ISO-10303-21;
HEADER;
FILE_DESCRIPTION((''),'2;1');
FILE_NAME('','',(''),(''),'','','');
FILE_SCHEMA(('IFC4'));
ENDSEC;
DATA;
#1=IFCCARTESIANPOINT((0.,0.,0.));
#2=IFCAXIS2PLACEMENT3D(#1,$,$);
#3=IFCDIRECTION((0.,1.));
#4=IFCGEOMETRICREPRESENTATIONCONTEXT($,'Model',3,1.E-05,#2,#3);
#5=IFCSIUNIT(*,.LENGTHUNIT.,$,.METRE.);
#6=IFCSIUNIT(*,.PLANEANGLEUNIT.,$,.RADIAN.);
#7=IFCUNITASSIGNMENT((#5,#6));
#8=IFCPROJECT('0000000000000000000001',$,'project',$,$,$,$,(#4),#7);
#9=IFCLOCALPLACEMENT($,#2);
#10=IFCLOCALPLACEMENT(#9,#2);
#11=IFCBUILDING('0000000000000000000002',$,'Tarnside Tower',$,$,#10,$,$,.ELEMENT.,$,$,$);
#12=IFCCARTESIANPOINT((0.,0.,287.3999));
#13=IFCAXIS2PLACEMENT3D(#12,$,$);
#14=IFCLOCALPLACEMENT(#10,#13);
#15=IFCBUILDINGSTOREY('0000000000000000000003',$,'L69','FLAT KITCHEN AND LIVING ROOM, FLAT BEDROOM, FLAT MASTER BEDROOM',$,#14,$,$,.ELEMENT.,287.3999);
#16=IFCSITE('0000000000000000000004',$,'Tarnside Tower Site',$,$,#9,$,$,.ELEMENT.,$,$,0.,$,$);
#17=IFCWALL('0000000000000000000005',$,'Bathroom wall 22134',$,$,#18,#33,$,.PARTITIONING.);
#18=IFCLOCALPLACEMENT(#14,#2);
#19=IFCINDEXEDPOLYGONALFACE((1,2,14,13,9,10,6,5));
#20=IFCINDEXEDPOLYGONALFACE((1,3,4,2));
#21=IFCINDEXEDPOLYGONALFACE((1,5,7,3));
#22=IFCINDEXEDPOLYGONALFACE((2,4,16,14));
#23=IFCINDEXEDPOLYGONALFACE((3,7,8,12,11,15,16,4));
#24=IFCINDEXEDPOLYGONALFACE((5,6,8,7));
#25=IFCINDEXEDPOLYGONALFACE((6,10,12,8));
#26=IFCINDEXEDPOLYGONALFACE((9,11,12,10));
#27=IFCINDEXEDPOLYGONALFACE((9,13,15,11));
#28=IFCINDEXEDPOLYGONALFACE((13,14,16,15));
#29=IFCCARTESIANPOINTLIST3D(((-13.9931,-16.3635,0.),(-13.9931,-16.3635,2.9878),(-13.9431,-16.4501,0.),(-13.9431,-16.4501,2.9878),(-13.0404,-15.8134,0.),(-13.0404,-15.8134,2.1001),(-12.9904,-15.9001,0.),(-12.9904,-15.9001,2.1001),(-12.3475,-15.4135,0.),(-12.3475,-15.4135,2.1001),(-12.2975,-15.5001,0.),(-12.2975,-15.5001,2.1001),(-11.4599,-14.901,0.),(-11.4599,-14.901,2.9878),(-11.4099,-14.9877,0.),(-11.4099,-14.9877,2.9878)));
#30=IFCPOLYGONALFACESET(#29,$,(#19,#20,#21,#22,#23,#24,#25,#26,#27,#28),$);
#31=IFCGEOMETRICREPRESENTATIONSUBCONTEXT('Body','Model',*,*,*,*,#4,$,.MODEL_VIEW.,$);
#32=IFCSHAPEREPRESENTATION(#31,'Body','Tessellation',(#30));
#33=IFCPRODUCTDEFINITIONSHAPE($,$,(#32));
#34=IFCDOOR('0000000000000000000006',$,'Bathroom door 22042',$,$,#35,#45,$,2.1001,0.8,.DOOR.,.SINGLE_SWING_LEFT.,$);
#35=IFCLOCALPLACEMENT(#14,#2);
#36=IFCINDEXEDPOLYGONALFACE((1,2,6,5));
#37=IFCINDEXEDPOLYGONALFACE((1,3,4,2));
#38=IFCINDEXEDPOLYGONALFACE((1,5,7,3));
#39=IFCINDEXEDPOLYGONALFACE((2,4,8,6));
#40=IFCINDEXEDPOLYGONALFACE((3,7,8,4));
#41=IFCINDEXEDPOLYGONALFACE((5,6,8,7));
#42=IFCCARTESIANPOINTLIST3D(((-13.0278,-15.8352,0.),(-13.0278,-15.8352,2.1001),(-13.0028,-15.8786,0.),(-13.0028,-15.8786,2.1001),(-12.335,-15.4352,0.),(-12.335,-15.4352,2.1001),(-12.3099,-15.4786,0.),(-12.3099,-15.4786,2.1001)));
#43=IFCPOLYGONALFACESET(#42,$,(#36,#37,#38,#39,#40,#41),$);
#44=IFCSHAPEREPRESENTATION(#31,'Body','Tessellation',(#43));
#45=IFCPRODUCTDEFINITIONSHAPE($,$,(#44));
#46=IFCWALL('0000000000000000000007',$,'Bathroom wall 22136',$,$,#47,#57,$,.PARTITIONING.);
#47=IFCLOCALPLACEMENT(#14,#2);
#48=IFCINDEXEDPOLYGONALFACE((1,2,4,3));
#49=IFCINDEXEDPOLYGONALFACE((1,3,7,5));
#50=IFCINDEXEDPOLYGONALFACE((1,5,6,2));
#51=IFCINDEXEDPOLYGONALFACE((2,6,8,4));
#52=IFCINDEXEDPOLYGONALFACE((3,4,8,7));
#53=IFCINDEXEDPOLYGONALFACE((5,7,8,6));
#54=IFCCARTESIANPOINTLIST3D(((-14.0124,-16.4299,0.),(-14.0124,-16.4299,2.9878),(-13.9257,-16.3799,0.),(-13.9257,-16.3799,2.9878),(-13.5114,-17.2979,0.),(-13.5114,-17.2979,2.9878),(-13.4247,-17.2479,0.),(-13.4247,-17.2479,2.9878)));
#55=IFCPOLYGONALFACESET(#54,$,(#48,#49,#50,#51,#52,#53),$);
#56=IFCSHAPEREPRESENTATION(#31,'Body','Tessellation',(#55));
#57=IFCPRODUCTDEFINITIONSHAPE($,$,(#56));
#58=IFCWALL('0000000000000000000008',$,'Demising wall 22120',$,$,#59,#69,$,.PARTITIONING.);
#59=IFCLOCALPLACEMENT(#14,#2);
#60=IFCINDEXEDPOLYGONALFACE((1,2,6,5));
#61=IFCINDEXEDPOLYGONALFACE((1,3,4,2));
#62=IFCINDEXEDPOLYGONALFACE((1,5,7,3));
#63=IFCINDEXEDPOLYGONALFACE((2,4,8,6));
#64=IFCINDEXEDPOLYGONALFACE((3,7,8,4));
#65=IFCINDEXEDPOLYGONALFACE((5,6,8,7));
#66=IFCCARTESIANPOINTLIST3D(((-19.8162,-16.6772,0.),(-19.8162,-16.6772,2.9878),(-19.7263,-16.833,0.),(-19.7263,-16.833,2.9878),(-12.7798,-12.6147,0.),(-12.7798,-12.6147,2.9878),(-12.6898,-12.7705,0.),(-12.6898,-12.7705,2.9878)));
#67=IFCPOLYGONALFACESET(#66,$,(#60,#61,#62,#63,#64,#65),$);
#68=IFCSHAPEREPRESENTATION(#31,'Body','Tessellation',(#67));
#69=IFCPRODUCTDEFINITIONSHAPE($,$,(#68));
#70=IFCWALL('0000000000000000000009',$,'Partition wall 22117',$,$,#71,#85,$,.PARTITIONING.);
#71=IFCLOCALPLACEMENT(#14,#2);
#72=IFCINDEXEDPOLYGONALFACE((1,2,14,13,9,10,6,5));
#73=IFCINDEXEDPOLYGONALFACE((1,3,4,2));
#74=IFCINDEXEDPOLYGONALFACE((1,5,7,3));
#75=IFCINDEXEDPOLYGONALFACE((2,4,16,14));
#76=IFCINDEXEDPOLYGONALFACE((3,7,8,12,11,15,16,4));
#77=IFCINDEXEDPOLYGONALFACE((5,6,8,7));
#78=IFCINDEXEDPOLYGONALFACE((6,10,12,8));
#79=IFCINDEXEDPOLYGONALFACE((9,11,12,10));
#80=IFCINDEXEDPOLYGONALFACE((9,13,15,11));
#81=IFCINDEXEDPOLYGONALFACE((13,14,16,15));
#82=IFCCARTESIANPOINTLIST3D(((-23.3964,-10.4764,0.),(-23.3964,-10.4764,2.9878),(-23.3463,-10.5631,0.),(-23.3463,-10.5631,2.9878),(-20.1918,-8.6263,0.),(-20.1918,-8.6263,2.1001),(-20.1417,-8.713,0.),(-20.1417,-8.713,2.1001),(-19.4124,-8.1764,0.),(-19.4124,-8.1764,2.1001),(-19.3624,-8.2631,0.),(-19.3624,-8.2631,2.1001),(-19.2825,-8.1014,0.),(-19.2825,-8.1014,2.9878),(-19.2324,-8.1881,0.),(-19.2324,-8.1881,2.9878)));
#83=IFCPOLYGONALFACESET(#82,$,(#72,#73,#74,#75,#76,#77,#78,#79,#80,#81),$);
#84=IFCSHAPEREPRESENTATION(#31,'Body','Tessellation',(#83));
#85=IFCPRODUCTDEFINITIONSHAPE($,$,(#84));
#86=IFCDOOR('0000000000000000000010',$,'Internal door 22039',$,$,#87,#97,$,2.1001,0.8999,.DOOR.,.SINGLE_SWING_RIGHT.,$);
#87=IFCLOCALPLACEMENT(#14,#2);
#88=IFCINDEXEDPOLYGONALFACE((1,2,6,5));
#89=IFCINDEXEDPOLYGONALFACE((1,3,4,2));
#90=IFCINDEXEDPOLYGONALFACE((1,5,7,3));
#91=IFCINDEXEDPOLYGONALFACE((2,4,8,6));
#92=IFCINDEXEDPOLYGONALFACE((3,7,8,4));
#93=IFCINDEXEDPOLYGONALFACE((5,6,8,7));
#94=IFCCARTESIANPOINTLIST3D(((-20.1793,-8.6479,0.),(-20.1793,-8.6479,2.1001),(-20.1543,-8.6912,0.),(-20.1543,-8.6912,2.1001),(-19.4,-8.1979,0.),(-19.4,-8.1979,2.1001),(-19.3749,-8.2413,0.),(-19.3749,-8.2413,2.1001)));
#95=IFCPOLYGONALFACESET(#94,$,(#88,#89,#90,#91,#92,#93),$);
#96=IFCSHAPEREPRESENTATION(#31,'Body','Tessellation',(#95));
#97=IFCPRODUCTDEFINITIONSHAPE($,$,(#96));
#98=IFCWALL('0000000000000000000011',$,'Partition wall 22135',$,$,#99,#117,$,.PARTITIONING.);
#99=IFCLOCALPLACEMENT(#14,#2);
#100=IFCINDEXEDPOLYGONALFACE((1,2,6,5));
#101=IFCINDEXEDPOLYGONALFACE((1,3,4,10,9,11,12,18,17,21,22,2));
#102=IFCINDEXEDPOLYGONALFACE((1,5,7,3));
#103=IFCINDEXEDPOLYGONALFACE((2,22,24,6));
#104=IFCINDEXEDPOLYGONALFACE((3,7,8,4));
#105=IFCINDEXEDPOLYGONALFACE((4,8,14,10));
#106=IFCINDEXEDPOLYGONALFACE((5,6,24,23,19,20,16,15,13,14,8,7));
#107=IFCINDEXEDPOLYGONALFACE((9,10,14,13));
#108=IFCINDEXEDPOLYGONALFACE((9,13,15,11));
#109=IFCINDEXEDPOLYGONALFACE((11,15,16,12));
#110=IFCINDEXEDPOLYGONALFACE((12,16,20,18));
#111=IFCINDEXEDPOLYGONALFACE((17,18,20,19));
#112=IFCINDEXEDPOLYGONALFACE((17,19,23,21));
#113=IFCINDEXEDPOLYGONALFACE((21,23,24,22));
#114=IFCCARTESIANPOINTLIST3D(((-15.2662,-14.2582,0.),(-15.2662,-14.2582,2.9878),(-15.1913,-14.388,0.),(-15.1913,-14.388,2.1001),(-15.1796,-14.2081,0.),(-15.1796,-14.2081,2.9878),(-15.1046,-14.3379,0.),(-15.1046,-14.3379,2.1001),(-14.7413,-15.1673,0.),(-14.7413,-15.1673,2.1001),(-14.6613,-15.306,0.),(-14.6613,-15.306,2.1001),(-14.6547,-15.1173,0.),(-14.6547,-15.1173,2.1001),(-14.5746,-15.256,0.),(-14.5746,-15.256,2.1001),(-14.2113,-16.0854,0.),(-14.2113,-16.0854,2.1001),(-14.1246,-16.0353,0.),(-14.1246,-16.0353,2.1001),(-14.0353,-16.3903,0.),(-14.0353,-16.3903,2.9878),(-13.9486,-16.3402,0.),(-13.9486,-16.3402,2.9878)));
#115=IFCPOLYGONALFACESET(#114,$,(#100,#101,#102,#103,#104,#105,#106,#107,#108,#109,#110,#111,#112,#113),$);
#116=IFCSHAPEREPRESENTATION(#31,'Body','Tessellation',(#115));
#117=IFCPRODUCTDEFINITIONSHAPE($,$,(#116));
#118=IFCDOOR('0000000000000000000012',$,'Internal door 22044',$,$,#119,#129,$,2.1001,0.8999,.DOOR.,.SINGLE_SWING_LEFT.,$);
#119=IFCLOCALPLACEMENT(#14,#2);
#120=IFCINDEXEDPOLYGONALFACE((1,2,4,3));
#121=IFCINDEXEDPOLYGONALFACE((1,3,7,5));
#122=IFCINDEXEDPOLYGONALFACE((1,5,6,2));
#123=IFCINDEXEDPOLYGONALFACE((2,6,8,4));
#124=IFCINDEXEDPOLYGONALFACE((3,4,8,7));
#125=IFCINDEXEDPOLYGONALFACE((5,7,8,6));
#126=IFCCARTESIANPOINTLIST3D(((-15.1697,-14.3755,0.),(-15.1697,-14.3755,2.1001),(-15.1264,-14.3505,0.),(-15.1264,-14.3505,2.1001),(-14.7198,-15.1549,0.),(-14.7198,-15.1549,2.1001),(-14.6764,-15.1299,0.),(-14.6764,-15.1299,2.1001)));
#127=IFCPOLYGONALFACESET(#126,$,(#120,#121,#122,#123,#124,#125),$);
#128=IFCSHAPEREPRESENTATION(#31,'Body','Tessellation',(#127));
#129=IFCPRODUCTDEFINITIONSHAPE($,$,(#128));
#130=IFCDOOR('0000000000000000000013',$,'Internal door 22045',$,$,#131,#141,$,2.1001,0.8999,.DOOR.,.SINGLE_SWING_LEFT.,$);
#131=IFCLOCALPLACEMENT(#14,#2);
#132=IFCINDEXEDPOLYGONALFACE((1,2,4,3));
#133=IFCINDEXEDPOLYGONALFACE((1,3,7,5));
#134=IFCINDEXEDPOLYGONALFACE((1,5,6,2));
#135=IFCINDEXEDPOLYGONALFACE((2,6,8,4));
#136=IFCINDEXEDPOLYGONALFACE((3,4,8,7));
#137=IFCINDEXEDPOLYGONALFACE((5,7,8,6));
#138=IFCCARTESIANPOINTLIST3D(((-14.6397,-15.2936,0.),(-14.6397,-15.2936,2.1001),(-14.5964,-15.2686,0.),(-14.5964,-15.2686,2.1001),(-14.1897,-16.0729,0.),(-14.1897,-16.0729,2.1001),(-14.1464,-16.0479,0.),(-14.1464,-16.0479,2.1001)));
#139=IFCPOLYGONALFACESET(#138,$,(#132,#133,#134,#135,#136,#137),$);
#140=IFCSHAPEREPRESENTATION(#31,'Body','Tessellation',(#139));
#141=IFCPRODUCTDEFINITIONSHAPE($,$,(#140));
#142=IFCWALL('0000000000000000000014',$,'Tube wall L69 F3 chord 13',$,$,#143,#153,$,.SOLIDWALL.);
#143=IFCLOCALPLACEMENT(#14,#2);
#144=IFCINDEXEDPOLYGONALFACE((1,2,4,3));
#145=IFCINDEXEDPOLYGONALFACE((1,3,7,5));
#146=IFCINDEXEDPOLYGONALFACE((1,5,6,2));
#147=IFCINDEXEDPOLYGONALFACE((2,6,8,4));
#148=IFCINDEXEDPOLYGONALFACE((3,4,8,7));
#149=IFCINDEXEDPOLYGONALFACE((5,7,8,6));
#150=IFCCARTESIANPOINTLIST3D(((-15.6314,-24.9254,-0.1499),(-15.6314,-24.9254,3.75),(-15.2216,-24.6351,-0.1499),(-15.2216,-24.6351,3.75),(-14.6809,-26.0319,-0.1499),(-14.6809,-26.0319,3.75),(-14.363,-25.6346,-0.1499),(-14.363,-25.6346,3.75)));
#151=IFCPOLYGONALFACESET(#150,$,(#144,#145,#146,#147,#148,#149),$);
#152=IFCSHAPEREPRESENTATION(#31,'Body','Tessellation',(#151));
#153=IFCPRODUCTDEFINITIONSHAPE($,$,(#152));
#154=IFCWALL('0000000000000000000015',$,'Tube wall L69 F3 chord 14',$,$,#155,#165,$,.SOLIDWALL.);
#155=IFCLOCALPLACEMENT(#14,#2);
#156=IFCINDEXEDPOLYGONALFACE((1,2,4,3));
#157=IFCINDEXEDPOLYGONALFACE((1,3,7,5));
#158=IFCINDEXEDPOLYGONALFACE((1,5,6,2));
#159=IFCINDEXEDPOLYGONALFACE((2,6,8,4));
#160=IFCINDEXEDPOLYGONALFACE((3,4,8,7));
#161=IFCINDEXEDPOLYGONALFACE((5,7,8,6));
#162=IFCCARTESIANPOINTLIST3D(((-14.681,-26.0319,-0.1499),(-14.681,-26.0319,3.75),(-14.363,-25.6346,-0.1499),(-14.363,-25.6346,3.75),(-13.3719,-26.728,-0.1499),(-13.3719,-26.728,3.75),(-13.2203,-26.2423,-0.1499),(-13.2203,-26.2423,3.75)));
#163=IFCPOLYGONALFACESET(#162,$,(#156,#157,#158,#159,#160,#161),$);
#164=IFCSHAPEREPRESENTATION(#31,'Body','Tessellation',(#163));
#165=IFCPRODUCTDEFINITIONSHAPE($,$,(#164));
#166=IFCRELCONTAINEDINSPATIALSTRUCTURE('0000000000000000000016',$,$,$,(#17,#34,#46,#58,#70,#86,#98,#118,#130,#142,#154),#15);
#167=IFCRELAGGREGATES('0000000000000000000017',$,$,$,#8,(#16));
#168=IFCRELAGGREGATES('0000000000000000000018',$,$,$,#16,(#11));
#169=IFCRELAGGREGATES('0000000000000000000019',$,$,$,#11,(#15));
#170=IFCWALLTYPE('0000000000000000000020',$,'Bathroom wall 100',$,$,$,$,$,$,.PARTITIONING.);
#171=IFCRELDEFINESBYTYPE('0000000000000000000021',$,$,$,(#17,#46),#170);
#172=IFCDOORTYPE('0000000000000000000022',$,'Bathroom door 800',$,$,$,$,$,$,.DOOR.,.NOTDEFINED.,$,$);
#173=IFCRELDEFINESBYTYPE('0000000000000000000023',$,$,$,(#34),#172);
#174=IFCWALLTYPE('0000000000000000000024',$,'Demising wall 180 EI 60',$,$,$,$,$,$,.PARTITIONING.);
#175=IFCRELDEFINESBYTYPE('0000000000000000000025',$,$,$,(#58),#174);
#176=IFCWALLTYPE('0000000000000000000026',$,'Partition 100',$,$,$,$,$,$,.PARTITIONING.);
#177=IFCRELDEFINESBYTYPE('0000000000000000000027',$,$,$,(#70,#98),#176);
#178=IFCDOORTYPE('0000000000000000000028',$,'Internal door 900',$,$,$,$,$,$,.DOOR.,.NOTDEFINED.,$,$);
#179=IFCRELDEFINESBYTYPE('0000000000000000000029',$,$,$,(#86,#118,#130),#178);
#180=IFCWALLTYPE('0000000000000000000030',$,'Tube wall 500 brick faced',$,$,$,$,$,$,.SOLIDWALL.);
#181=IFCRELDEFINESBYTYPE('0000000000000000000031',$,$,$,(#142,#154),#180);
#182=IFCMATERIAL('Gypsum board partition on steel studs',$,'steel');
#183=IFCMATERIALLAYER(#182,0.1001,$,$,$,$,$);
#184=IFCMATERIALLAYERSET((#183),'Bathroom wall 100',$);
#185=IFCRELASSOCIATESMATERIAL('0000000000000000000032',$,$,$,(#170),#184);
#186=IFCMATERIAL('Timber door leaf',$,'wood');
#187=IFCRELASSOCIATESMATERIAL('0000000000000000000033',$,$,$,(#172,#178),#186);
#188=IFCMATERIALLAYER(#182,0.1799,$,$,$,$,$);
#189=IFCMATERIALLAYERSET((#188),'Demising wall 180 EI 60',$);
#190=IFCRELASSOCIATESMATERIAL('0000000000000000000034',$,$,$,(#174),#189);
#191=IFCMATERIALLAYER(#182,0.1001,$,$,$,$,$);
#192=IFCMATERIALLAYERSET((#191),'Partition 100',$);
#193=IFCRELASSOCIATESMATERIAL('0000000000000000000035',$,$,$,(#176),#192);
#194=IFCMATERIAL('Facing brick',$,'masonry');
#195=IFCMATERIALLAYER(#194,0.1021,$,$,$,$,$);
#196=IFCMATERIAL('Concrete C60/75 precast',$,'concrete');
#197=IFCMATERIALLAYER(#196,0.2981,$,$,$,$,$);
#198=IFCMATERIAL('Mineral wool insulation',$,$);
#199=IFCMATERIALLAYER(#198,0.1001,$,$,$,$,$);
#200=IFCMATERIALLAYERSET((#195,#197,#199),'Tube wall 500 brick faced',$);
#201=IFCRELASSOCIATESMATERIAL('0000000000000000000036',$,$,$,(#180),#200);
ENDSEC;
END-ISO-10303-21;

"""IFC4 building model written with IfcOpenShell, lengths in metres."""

from ifc_helpers import new_model, si_unit, direction, frame, frame_2d, origin, place, context, subcontext, project, spatial, polyline, rectangle, outline, extrude, material, layer, layer_set, type_object, element, fill, save


model = new_model("IFC4")

# Units and contexts
model_context = context("Model", 3, precision=1e-05, world=origin(), true_north=direction((0.0, 1.0)))
body_context = subcontext(model_context, "Body", "Model", "MODEL_VIEW")
ifc_project = project(units=[si_unit("LENGTHUNIT", "METRE"), si_unit("PLANEANGLEUNIT", "RADIAN")], contexts=[model_context])

# Site, building, storey
site_placement = place(None, origin())
site = spatial("IfcSite", under=ifc_project, at=site_placement, Name="Tarnside Tower Site", CompositionType="ELEMENT", RefElevation=0.0)
building_placement = place(site_placement, origin())
building = spatial("IfcBuilding", under=site, at=building_placement, Name="Tarnside Tower", CompositionType="ELEMENT")
storey_placement = place(building_placement, frame((0.0, 0.0, 287.3999)))
storey = spatial("IfcBuildingStorey", under=building, at=storey_placement, Name="L69", Description="FLAT KITCHEN AND LIVING ROOM, FLAT BEDROOM, FLAT MASTER BEDROOM", CompositionType="ELEMENT", Elevation=287.3999)

# Shared definitions
ifc_material_1 = material(Name="Gypsum board partition on steel studs", Category="steel")
ifc_layer_1 = layer(ifc_material_1, 0.1001)
ifc_layer_set_1 = layer_set([ifc_layer_1], Name="Bathroom wall 100")
wall_type_1 = type_object("IfcWallType", Name="Bathroom wall 100", PredefinedType="PARTITIONING", material=ifc_layer_set_1)

# Shared definitions
ifc_material_2 = material(Name="Timber door leaf", Category="wood")
door_type_1 = type_object("IfcDoorType", Name="Bathroom door 800", OperationType="NOTDEFINED", PredefinedType="DOOR", material=ifc_material_2)

# Wall, opening, door
wall_1_placement = place(storey_placement, frame((-13.968, -16.4067, 0.0), z_axis=(0.0, 0.0, 1.0), x_axis=(0.866047, 0.499963, 0.0)))
wall_1 = element("IfcWall", 1, at=wall_1_placement, inside=storey, type_object=wall_type_1, Name="Bathroom wall 22134", PredefinedType="PARTITIONING", context=body_context, shape_type="SweptSolid", body=[
    extrude(rectangle(XDim=2.925, YDim=0.1001, at=frame_2d((1.4624, 0.0))), origin(), (0.0, 0.0, 1.0), 2.9878),
])
opening_1_placement = place(wall_1_placement, frame((1.1001, 0.0, 0.0)))
opening_1 = element("IfcOpeningElement", 2, at=opening_1_placement, cuts=wall_1, PredefinedType="OPENING", context=body_context, shape_type="SweptSolid", body=[
    extrude(rectangle(XDim=0.8, YDim=2.1001, at=frame_2d((0.3999, 1.05))), frame((0.0, 0.0601, 0.0), z_axis=(0.0, -1.0, 0.0), x_axis=(1.0, 0.0, 0.0)), (0.0, 0.0, 1.0), 0.1201),
])
door_1_placement = place(opening_1_placement, origin())
door_1 = element("IfcDoor", 3, at=door_1_placement, inside=storey, type_object=door_type_1, Name="Bathroom door 22042", OperationType="SINGLE_SWING_LEFT", OverallHeight=2.1001, OverallWidth=0.8, PredefinedType="DOOR", context=body_context, shape_type="SweptSolid", body=[
    extrude(rectangle(XDim=0.8, YDim=2.1001, at=frame_2d((0.3999, 1.05))), frame((0.0, 0.0249, 0.0), z_axis=(0.0, -1.0, 0.0), x_axis=(1.0, 0.0, 0.0)), (0.0, 0.0, 1.0), 0.05),
])
fill(opening_1, door_1)

# Walls
wall_2_placement = place(storey_placement, frame((-13.969, -16.405, 0.0), z_axis=(0.0, 0.0, 1.0), x_axis=(0.499912, -0.866076, 0.0)))
element("IfcWall", 4, at=wall_2_placement, inside=storey, type_object=wall_type_1, Name="Bathroom wall 22136", PredefinedType="PARTITIONING", context=body_context, shape_type="SweptSolid", body=[
    extrude(rectangle(XDim=1.0022, YDim=0.1001, at=frame_2d((0.501, 0.0))), origin(), (0.0, 0.0, 1.0), 2.9878),
])
ifc_layer_2 = layer(ifc_material_1, 0.1799)
ifc_layer_set_2 = layer_set([ifc_layer_2], Name="Demising wall 180 EI 60")
wall_type_2 = type_object("IfcWallType", Name="Demising wall 180 EI 60", PredefinedType="PARTITIONING", material=ifc_layer_set_2)
wall_3_placement = place(storey_placement, frame((-19.7712, -16.7551, 0.0), z_axis=(0.0, 0.0, 1.0), x_axis=(0.866023, 0.500004, 0.0)))
element("IfcWall", 5, at=wall_3_placement, inside=storey, type_object=wall_type_2, Name="Demising wall 22120", PredefinedType="PARTITIONING", context=body_context, shape_type="SweptSolid", body=[
    extrude(rectangle(XDim=8.125, YDim=0.1799, at=frame_2d((4.0625, 0.0))), origin(), (0.0, 0.0, 1.0), 2.9878),
])

# Wall, opening, door
ifc_layer_3 = layer(ifc_material_1, 0.1001)
ifc_layer_set_3 = layer_set([ifc_layer_3], Name="Partition 100")
wall_type_3 = type_object("IfcWallType", Name="Partition 100", PredefinedType="PARTITIONING", material=ifc_layer_set_3)
wall_4_placement = place(storey_placement, frame((-19.2576, -8.1448, 0.0), z_axis=(0.0, 0.0, 1.0), x_axis=(-0.866033, -0.499986, 0.0)))
wall_4 = element("IfcWall", 6, at=wall_4_placement, inside=storey, type_object=wall_type_3, Name="Partition wall 22117", PredefinedType="PARTITIONING", context=body_context, shape_type="SweptSolid", body=[
    extrude(rectangle(XDim=4.7502, YDim=0.1001, at=frame_2d((2.375, 0.0))), origin(), (0.0, 0.0, 1.0), 2.9878),
])
opening_2_placement = place(wall_4_placement, frame((0.1499, 0.0, 0.0)))
opening_2 = element("IfcOpeningElement", 7, at=opening_2_placement, cuts=wall_4, PredefinedType="OPENING", context=body_context, shape_type="SweptSolid", body=[
    extrude(rectangle(XDim=0.8999, YDim=2.1001, at=frame_2d((0.45, 1.05))), frame((0.0, 0.0601, 0.0), z_axis=(0.0, -1.0, 0.0), x_axis=(1.0, 0.0, 0.0)), (0.0, 0.0, 1.0), 0.1201),
])
door_type_2 = type_object("IfcDoorType", Name="Internal door 900", OperationType="NOTDEFINED", PredefinedType="DOOR", material=ifc_material_2)
door_2_placement = place(opening_2_placement, origin())
door_2 = element("IfcDoor", 8, at=door_2_placement, inside=storey, type_object=door_type_2, Name="Internal door 22039", OperationType="SINGLE_SWING_RIGHT", OverallHeight=2.1001, OverallWidth=0.8999, PredefinedType="DOOR", context=body_context, shape_type="SweptSolid", body=[
    extrude(rectangle(XDim=0.8999, YDim=2.1001, at=frame_2d((0.45, 1.05))), frame((0.0, 0.0249, 0.0), z_axis=(0.0, -1.0, 0.0), x_axis=(1.0, 0.0, 0.0)), (0.0, 0.0, 1.0), 0.05),
])
fill(opening_2, door_2)

# Wall, openings, doors
wall_5_placement = place(storey_placement, frame((-15.2229, -14.2332, 0.0), z_axis=(0.0, 0.0, 1.0), x_axis=(0.5, -0.866025, 0.0)))
wall_5 = element("IfcWall", 9, at=wall_5_placement, inside=storey, type_object=wall_type_3, Name="Partition wall 22135", PredefinedType="PARTITIONING", context=body_context, shape_type="SweptSolid", body=[
    extrude(rectangle(XDim=2.4619, YDim=0.1001, at=frame_2d((1.231, 0.0))), origin(), (0.0, 0.0, 1.0), 2.9878),
])
opening_3_placement = place(wall_5_placement, frame((0.1499, 0.0, 0.0)))
opening_3 = element("IfcOpeningElement", 10, at=opening_3_placement, cuts=wall_5, PredefinedType="OPENING", context=body_context, shape_type="SweptSolid", body=[
    extrude(rectangle(XDim=0.8999, YDim=2.1001, at=frame_2d((0.45, 1.05))), frame((0.0, 0.0601, 0.0), z_axis=(0.0, -1.0, 0.0), x_axis=(1.0, 0.0, 0.0)), (0.0, 0.0, 1.0), 0.1201),
])
opening_4_placement = place(wall_5_placement, frame((1.21, 0.0, 0.0)))
opening_4 = element("IfcOpeningElement", 11, at=opening_4_placement, cuts=wall_5, PredefinedType="OPENING", context=body_context, shape_type="SweptSolid", body=[
    extrude(rectangle(XDim=0.8999, YDim=2.1001, at=frame_2d((0.45, 1.05))), frame((0.0, 0.0601, 0.0), z_axis=(0.0, -1.0, 0.0), x_axis=(1.0, 0.0, 0.0)), (0.0, 0.0, 1.0), 0.1201),
])
door_3_placement = place(opening_3_placement, origin())
door_3 = element("IfcDoor", 12, at=door_3_placement, inside=storey, type_object=door_type_2, Name="Internal door 22044", OperationType="SINGLE_SWING_LEFT", OverallHeight=2.1001, OverallWidth=0.8999, PredefinedType="DOOR", context=body_context, shape_type="SweptSolid", body=[
    extrude(rectangle(XDim=0.8999, YDim=2.1001, at=frame_2d((0.45, 1.05))), frame((0.0, 0.0249, 0.0), z_axis=(0.0, -1.0, 0.0), x_axis=(1.0, 0.0, 0.0)), (0.0, 0.0, 1.0), 0.05),
])
fill(opening_3, door_3)
door_4_placement = place(opening_4_placement, origin())
door_4 = element("IfcDoor", 13, at=door_4_placement, inside=storey, type_object=door_type_2, Name="Internal door 22045", OperationType="SINGLE_SWING_LEFT", OverallHeight=2.1001, OverallWidth=0.8999, PredefinedType="DOOR", context=body_context, shape_type="SweptSolid", body=[
    extrude(rectangle(XDim=0.8999, YDim=2.1001, at=frame_2d((0.45, 1.05))), frame((0.0, 0.0249, 0.0), z_axis=(0.0, -1.0, 0.0), x_axis=(1.0, 0.0, 0.0)), (0.0, 0.0, 1.0), 0.05),
])
fill(opening_4, door_4)

# Walls
ifc_material_3 = material(Name="Facing brick", Category="masonry")
ifc_layer_4 = layer(ifc_material_3, 0.1021)
ifc_material_4 = material(Name="Concrete C60/75 precast", Category="concrete")
ifc_layer_5 = layer(ifc_material_4, 0.2981)
ifc_material_5 = material(Name="Mineral wool insulation")
ifc_layer_6 = layer(ifc_material_5, 0.1001)
ifc_layer_set_4 = layer_set([ifc_layer_4, ifc_layer_5, ifc_layer_6], Name="Tube wall 500 brick faced")
wall_type_4 = type_object("IfcWallType", Name="Tube wall 500 brick faced", PredefinedType="SOLIDWALL", material=ifc_layer_set_4)
wall_6_placement = place(storey_placement, frame((-15.4265, -24.7803, -0.1499), z_axis=(0.0, 0.0, 1.0), x_axis=(0.651617, -0.758549, 0.0)))
element("IfcWall", 14, at=wall_6_placement, inside=storey, type_object=wall_type_4, Name="Tube wall L69 F3 chord 13", PredefinedType="SOLIDWALL", context=body_context, shape_type="SweptSolid", body=[
    extrude(outline(polyline([(-0.0234, -0.25), (1.4353, -0.25), (1.3411, 0.25), (0.0234, 0.25), (-0.0234, -0.25)])), origin(), (0.0, 0.0, 1.0), 3.8999),
])
wall_7_placement = place(storey_placement, frame((-14.522, -25.8333, -0.1499), z_axis=(0.0, 0.0, 1.0), x_axis=(0.882927, -0.469511, 0.0)))
element("IfcWall", 15, at=wall_7_placement, inside=storey, type_object=wall_type_4, Name="Tube wall L69 F3 chord 14", PredefinedType="SOLIDWALL", context=body_context, shape_type="SweptSolid", body=[
    extrude(outline(polyline([(-0.0471, -0.25), (1.4355, -0.25), (1.3413, 0.25), (0.0471, 0.25), (-0.0471, -0.25)])), origin(), (0.0, 0.0, 1.0), 3.8999),
])

save(model, "model.ifc")
